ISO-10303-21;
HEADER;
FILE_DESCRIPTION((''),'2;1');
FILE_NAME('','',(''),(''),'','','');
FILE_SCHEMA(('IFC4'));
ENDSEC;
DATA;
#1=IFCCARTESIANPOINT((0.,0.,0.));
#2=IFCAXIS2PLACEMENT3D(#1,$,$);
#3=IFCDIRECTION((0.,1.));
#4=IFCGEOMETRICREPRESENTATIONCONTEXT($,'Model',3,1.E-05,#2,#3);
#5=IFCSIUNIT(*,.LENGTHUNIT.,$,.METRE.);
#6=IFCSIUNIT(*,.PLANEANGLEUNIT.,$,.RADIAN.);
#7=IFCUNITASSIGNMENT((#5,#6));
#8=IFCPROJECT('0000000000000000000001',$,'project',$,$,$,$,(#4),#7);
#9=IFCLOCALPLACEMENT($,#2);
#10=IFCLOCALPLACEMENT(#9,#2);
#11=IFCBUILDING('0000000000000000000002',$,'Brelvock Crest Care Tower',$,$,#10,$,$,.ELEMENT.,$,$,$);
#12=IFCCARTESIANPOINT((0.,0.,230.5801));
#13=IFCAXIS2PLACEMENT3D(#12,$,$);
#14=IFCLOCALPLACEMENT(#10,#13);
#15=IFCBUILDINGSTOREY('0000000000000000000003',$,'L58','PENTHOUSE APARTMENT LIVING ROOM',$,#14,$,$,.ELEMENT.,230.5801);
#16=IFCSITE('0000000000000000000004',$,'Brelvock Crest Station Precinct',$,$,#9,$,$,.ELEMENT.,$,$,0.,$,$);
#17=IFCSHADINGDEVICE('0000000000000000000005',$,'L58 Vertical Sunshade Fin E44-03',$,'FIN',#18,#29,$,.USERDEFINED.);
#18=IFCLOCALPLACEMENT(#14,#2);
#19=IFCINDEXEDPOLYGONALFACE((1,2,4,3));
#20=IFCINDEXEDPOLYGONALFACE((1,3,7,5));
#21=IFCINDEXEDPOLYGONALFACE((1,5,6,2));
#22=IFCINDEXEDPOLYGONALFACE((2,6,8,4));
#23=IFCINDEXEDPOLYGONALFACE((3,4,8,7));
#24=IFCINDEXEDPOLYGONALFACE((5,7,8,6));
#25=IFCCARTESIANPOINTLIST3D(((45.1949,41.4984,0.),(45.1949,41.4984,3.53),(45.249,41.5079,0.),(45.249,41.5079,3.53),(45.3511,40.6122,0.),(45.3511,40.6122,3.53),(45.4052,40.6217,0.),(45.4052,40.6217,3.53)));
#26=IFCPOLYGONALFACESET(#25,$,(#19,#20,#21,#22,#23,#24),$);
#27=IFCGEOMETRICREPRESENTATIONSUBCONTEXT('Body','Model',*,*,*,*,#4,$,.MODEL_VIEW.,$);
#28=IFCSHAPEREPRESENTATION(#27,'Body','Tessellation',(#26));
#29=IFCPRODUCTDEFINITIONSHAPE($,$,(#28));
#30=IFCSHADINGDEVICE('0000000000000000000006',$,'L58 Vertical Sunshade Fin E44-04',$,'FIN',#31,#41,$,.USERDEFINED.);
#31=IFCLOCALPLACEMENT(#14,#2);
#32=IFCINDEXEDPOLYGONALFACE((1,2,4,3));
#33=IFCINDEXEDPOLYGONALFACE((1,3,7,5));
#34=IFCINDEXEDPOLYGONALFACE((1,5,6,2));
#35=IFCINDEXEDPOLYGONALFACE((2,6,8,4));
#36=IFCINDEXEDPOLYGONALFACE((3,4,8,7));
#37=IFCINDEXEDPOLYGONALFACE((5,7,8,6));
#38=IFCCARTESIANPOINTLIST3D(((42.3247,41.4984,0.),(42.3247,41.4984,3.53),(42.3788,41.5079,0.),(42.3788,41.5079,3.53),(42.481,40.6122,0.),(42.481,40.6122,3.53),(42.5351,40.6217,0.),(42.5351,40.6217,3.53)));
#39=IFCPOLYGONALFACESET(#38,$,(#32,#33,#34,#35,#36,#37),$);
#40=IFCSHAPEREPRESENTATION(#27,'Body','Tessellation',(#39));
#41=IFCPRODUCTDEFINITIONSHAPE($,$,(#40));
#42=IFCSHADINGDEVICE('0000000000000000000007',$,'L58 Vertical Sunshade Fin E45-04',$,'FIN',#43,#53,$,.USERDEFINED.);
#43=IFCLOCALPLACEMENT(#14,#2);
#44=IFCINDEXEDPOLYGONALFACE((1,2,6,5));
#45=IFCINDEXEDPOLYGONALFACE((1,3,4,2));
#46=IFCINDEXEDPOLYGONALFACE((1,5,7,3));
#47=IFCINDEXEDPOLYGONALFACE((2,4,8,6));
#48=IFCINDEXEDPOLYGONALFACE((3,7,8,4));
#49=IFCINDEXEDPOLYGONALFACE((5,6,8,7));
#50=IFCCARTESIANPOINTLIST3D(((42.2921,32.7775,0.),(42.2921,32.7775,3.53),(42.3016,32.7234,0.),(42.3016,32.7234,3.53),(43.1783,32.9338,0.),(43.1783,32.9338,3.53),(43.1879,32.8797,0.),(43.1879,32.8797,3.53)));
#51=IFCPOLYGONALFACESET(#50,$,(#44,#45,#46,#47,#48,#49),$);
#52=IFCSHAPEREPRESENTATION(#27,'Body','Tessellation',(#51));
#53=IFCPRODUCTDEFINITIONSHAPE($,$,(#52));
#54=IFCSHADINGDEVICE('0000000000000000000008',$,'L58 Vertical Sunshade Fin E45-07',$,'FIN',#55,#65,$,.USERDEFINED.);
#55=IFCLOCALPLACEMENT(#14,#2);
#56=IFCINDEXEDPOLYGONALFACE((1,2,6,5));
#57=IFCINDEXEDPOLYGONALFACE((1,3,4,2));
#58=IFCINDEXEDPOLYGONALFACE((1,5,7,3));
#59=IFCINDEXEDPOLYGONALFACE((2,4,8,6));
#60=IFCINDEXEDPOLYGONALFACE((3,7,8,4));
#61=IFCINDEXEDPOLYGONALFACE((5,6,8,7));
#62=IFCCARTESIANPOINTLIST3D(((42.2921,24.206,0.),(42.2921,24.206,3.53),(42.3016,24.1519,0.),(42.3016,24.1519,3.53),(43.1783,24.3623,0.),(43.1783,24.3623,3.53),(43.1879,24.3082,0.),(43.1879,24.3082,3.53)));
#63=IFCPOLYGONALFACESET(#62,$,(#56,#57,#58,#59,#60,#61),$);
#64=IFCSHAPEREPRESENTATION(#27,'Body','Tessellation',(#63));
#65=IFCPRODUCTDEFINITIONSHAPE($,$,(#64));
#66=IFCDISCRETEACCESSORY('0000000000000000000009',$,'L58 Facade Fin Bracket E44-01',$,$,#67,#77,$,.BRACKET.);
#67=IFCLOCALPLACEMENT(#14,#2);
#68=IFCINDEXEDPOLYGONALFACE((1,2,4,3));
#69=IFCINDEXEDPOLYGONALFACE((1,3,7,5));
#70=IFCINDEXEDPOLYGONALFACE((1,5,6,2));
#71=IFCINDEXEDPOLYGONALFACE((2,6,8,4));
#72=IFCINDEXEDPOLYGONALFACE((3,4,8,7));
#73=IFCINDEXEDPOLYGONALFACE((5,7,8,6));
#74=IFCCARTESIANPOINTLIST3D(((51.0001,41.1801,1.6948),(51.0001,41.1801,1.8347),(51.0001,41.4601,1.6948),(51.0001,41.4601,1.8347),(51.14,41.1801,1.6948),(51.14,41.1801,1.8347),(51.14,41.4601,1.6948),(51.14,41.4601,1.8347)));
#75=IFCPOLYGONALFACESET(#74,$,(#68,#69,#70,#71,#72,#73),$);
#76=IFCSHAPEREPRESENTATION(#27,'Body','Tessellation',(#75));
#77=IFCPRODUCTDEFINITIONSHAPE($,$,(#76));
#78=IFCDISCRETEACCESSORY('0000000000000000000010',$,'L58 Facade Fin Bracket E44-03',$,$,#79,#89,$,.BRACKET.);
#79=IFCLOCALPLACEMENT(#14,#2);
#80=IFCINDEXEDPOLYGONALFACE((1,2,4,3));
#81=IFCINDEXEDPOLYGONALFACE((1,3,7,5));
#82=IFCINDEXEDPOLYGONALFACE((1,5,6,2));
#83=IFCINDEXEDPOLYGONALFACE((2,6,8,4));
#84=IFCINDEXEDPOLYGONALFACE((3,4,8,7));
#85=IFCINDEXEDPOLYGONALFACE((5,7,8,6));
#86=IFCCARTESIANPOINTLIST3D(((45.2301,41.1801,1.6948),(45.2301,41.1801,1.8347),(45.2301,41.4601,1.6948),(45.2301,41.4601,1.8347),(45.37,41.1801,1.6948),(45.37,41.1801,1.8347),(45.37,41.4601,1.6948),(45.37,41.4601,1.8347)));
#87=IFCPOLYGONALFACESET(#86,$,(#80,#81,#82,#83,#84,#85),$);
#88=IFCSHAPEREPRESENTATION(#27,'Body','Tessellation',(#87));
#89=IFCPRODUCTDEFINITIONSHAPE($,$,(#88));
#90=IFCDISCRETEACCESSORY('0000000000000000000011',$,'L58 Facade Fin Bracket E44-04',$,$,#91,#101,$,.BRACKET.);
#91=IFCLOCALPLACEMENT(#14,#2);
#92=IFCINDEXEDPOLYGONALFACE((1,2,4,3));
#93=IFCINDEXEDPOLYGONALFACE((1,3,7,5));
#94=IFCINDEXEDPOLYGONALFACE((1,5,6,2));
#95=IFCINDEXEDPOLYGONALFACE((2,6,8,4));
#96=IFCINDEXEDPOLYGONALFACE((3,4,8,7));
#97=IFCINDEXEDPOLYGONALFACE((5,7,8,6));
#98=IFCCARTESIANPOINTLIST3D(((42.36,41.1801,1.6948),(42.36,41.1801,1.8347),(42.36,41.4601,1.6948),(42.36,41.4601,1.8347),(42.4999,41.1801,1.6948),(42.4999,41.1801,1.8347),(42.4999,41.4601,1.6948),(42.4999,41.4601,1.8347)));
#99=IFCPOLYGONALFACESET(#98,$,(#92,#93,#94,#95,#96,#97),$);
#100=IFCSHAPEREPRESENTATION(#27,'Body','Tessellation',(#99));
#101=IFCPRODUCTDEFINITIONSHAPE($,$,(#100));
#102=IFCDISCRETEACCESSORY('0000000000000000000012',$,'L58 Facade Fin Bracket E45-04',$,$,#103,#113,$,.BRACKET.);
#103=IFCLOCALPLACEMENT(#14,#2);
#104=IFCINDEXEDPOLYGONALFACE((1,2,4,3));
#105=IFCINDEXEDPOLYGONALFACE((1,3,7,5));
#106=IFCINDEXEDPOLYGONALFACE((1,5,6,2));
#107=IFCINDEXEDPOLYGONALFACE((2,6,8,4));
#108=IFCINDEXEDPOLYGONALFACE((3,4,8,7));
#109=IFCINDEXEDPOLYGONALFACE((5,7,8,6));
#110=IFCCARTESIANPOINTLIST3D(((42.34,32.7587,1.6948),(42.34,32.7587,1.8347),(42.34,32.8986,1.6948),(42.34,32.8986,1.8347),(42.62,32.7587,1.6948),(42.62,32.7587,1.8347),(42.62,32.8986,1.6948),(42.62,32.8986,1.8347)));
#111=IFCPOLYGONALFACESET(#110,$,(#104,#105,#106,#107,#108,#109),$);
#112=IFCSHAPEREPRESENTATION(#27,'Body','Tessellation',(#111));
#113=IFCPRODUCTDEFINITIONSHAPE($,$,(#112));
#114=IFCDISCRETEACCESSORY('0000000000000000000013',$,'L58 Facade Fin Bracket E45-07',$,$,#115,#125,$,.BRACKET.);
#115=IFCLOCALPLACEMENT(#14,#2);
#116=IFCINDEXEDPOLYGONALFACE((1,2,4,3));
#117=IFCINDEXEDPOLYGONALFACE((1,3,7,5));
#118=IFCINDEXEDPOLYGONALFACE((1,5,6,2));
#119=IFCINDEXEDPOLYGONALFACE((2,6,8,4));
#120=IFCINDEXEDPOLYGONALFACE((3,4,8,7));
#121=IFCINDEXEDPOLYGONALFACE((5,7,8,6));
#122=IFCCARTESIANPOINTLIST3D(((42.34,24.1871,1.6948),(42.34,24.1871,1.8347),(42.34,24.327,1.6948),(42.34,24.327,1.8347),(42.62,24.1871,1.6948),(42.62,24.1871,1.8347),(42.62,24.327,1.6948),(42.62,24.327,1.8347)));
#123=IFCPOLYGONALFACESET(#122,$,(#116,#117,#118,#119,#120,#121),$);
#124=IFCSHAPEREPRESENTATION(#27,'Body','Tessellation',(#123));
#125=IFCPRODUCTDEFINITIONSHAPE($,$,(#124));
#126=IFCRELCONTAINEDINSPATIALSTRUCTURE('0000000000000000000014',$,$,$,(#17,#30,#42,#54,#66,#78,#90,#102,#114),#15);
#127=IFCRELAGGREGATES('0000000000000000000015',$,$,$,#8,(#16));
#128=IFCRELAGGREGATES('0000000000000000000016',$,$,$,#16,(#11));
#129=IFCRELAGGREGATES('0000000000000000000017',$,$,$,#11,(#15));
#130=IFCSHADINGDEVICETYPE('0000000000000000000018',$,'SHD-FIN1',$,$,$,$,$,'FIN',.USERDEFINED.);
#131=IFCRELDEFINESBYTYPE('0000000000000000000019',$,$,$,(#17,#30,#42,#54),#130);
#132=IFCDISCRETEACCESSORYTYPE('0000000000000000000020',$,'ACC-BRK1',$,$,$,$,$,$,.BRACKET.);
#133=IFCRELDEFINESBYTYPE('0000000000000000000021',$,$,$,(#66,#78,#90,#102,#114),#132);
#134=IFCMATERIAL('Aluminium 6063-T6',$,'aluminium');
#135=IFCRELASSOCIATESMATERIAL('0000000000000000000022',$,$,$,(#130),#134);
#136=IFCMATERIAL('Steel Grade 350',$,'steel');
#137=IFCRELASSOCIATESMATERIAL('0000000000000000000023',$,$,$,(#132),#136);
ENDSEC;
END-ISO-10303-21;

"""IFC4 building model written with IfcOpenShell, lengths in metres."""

from ifc_helpers import new_model, si_unit, direction, frame, origin, origin_2d, place, context, subcontext, project, spatial, rectangle, extrude, source, transform, mapped, material, material_profile, profile_set, type_object, element, save


model = new_model("IFC4")

# Units and contexts
model_context = context("Model", 3, precision=1e-05, world=origin(), true_north=direction((0.0, 1.0)))
body_context = subcontext(model_context, "Body", "Model", "MODEL_VIEW")
ifc_project = project(units=[si_unit("LENGTHUNIT", "METRE"), si_unit("PLANEANGLEUNIT", "RADIAN")], contexts=[model_context])

# Site, building, storey
site_placement = place(None, origin())
site = spatial("IfcSite", under=ifc_project, at=site_placement, Name="Brelvock Crest Station Precinct", CompositionType="ELEMENT", RefElevation=0.0)
building_placement = place(site_placement, origin())
building = spatial("IfcBuilding", under=site, at=building_placement, Name="Brelvock Crest Care Tower", CompositionType="ELEMENT")
storey_placement = place(building_placement, frame((0.0, 0.0, 230.5801)))
storey = spatial("IfcBuildingStorey", under=building, at=storey_placement, Name="L58", Description="PENTHOUSE APARTMENT LIVING ROOM", CompositionType="ELEMENT", Elevation=230.5801)

# Shared definitions
ifc_material_1 = material(Name="Aluminium 6063-T6", Category="aluminium")

# Shading devices
ifc_material_profile_1 = material_profile(ifc_material_1, rectangle(XDim=0.0549, YDim=0.8999, at=origin_2d()), Name="FIN55x900")
ifc_profile_set_1 = profile_set([ifc_material_profile_1], Name="Aluminium 6063-T6")
shading_device_type = type_object("IfcShadingDeviceType", Name="SHD-FIN1", ElementType="FIN", PredefinedType="USERDEFINED", material=ifc_profile_set_1)
shared_shape_1 = source(origin(), body_context, "Body", "SweptSolid", [
    extrude(rectangle(XDim=0.0549, YDim=0.8999, at=origin_2d()), origin(), (0.0, 0.0, 1.0), 3.53),
])
for number, where, z_axis, x_axis, name in (
    (1, (45.3, 41.0601, 0.0), (0.0, 0.0, 1.0), (-0.984808, -0.173648, 0.0), "L58 Vertical Sunshade Fin E44-03"),
    (2, (42.4299, 41.0601, 0.0), (0.0, 0.0, 1.0), (-0.984808, -0.173648, 0.0), "L58 Vertical Sunshade Fin E44-04"),
    (3, (42.74, 32.8286, 0.0), (0.0, 0.0, 1.0), (0.173648, -0.984808, 0.0), "L58 Vertical Sunshade Fin E45-04"),
    (4, (42.74, 24.2571, 0.0), (0.0, 0.0, 1.0), (0.173648, -0.984808, 0.0), "L58 Vertical Sunshade Fin E45-07"),
):
    element("IfcShadingDevice", number, at=place(storey_placement, frame(where, z_axis=z_axis, x_axis=x_axis)), inside=storey, type_object=shading_device_type, Name=name, ObjectType="FIN", PredefinedType="USERDEFINED", context=body_context, shape_type="MappedRepresentation", body=[
        mapped(shared_shape_1, transform((0.0, 0.0, 0.0), x_axis=(1.0, 0.0, 0.0), y_axis=(0.0, 1.0, 0.0), z_axis=(0.0, 0.0, 1.0), scale=1.0)),
    ])

# Discrete accessories
ifc_material_2 = material(Name="Steel Grade 350", Category="steel")
discrete_accessory_type = type_object("IfcDiscreteAccessoryType", Name="ACC-BRK1", PredefinedType="BRACKET", material=ifc_material_2)
shared_shape_2 = source(origin(), body_context, "Body", "SweptSolid", [
    extrude(rectangle(XDim=0.28, YDim=0.1399, at=origin_2d()), origin(), (0.0, 0.0, 1.0), 0.1399),
])
for number, where, z_axis, x_axis, name in (
    (5, (51.0701, 41.3201, 1.6948), (0.0, 0.0, 1.0), (0.0, -1.0, 0.0), "L58 Facade Fin Bracket E44-01"),
    (6, (45.3, 41.3201, 1.6948), (0.0, 0.0, 1.0), (0.0, -1.0, 0.0), "L58 Facade Fin Bracket E44-03"),
    (7, (42.4299, 41.3201, 1.6948), (0.0, 0.0, 1.0), (0.0, -1.0, 0.0), "L58 Facade Fin Bracket E44-04"),
    (8, (42.48, 32.8286, 1.6948), (0.0, 0.0, 1.0), (1.0, 0.0, 0.0), "L58 Facade Fin Bracket E45-04"),
    (9, (42.48, 24.2571, 1.6948), (0.0, 0.0, 1.0), (1.0, 0.0, 0.0), "L58 Facade Fin Bracket E45-07"),
):
    element("IfcDiscreteAccessory", number, at=place(storey_placement, frame(where, z_axis=z_axis, x_axis=x_axis)), inside=storey, type_object=discrete_accessory_type, Name=name, PredefinedType="BRACKET", context=body_context, shape_type="MappedRepresentation", body=[
        mapped(shared_shape_2, transform((0.0, 0.0, 0.0), x_axis=(1.0, 0.0, 0.0), y_axis=(0.0, 1.0, 0.0), z_axis=(0.0, 0.0, 1.0), scale=1.0)),
    ])

save(model, "model.ifc")
